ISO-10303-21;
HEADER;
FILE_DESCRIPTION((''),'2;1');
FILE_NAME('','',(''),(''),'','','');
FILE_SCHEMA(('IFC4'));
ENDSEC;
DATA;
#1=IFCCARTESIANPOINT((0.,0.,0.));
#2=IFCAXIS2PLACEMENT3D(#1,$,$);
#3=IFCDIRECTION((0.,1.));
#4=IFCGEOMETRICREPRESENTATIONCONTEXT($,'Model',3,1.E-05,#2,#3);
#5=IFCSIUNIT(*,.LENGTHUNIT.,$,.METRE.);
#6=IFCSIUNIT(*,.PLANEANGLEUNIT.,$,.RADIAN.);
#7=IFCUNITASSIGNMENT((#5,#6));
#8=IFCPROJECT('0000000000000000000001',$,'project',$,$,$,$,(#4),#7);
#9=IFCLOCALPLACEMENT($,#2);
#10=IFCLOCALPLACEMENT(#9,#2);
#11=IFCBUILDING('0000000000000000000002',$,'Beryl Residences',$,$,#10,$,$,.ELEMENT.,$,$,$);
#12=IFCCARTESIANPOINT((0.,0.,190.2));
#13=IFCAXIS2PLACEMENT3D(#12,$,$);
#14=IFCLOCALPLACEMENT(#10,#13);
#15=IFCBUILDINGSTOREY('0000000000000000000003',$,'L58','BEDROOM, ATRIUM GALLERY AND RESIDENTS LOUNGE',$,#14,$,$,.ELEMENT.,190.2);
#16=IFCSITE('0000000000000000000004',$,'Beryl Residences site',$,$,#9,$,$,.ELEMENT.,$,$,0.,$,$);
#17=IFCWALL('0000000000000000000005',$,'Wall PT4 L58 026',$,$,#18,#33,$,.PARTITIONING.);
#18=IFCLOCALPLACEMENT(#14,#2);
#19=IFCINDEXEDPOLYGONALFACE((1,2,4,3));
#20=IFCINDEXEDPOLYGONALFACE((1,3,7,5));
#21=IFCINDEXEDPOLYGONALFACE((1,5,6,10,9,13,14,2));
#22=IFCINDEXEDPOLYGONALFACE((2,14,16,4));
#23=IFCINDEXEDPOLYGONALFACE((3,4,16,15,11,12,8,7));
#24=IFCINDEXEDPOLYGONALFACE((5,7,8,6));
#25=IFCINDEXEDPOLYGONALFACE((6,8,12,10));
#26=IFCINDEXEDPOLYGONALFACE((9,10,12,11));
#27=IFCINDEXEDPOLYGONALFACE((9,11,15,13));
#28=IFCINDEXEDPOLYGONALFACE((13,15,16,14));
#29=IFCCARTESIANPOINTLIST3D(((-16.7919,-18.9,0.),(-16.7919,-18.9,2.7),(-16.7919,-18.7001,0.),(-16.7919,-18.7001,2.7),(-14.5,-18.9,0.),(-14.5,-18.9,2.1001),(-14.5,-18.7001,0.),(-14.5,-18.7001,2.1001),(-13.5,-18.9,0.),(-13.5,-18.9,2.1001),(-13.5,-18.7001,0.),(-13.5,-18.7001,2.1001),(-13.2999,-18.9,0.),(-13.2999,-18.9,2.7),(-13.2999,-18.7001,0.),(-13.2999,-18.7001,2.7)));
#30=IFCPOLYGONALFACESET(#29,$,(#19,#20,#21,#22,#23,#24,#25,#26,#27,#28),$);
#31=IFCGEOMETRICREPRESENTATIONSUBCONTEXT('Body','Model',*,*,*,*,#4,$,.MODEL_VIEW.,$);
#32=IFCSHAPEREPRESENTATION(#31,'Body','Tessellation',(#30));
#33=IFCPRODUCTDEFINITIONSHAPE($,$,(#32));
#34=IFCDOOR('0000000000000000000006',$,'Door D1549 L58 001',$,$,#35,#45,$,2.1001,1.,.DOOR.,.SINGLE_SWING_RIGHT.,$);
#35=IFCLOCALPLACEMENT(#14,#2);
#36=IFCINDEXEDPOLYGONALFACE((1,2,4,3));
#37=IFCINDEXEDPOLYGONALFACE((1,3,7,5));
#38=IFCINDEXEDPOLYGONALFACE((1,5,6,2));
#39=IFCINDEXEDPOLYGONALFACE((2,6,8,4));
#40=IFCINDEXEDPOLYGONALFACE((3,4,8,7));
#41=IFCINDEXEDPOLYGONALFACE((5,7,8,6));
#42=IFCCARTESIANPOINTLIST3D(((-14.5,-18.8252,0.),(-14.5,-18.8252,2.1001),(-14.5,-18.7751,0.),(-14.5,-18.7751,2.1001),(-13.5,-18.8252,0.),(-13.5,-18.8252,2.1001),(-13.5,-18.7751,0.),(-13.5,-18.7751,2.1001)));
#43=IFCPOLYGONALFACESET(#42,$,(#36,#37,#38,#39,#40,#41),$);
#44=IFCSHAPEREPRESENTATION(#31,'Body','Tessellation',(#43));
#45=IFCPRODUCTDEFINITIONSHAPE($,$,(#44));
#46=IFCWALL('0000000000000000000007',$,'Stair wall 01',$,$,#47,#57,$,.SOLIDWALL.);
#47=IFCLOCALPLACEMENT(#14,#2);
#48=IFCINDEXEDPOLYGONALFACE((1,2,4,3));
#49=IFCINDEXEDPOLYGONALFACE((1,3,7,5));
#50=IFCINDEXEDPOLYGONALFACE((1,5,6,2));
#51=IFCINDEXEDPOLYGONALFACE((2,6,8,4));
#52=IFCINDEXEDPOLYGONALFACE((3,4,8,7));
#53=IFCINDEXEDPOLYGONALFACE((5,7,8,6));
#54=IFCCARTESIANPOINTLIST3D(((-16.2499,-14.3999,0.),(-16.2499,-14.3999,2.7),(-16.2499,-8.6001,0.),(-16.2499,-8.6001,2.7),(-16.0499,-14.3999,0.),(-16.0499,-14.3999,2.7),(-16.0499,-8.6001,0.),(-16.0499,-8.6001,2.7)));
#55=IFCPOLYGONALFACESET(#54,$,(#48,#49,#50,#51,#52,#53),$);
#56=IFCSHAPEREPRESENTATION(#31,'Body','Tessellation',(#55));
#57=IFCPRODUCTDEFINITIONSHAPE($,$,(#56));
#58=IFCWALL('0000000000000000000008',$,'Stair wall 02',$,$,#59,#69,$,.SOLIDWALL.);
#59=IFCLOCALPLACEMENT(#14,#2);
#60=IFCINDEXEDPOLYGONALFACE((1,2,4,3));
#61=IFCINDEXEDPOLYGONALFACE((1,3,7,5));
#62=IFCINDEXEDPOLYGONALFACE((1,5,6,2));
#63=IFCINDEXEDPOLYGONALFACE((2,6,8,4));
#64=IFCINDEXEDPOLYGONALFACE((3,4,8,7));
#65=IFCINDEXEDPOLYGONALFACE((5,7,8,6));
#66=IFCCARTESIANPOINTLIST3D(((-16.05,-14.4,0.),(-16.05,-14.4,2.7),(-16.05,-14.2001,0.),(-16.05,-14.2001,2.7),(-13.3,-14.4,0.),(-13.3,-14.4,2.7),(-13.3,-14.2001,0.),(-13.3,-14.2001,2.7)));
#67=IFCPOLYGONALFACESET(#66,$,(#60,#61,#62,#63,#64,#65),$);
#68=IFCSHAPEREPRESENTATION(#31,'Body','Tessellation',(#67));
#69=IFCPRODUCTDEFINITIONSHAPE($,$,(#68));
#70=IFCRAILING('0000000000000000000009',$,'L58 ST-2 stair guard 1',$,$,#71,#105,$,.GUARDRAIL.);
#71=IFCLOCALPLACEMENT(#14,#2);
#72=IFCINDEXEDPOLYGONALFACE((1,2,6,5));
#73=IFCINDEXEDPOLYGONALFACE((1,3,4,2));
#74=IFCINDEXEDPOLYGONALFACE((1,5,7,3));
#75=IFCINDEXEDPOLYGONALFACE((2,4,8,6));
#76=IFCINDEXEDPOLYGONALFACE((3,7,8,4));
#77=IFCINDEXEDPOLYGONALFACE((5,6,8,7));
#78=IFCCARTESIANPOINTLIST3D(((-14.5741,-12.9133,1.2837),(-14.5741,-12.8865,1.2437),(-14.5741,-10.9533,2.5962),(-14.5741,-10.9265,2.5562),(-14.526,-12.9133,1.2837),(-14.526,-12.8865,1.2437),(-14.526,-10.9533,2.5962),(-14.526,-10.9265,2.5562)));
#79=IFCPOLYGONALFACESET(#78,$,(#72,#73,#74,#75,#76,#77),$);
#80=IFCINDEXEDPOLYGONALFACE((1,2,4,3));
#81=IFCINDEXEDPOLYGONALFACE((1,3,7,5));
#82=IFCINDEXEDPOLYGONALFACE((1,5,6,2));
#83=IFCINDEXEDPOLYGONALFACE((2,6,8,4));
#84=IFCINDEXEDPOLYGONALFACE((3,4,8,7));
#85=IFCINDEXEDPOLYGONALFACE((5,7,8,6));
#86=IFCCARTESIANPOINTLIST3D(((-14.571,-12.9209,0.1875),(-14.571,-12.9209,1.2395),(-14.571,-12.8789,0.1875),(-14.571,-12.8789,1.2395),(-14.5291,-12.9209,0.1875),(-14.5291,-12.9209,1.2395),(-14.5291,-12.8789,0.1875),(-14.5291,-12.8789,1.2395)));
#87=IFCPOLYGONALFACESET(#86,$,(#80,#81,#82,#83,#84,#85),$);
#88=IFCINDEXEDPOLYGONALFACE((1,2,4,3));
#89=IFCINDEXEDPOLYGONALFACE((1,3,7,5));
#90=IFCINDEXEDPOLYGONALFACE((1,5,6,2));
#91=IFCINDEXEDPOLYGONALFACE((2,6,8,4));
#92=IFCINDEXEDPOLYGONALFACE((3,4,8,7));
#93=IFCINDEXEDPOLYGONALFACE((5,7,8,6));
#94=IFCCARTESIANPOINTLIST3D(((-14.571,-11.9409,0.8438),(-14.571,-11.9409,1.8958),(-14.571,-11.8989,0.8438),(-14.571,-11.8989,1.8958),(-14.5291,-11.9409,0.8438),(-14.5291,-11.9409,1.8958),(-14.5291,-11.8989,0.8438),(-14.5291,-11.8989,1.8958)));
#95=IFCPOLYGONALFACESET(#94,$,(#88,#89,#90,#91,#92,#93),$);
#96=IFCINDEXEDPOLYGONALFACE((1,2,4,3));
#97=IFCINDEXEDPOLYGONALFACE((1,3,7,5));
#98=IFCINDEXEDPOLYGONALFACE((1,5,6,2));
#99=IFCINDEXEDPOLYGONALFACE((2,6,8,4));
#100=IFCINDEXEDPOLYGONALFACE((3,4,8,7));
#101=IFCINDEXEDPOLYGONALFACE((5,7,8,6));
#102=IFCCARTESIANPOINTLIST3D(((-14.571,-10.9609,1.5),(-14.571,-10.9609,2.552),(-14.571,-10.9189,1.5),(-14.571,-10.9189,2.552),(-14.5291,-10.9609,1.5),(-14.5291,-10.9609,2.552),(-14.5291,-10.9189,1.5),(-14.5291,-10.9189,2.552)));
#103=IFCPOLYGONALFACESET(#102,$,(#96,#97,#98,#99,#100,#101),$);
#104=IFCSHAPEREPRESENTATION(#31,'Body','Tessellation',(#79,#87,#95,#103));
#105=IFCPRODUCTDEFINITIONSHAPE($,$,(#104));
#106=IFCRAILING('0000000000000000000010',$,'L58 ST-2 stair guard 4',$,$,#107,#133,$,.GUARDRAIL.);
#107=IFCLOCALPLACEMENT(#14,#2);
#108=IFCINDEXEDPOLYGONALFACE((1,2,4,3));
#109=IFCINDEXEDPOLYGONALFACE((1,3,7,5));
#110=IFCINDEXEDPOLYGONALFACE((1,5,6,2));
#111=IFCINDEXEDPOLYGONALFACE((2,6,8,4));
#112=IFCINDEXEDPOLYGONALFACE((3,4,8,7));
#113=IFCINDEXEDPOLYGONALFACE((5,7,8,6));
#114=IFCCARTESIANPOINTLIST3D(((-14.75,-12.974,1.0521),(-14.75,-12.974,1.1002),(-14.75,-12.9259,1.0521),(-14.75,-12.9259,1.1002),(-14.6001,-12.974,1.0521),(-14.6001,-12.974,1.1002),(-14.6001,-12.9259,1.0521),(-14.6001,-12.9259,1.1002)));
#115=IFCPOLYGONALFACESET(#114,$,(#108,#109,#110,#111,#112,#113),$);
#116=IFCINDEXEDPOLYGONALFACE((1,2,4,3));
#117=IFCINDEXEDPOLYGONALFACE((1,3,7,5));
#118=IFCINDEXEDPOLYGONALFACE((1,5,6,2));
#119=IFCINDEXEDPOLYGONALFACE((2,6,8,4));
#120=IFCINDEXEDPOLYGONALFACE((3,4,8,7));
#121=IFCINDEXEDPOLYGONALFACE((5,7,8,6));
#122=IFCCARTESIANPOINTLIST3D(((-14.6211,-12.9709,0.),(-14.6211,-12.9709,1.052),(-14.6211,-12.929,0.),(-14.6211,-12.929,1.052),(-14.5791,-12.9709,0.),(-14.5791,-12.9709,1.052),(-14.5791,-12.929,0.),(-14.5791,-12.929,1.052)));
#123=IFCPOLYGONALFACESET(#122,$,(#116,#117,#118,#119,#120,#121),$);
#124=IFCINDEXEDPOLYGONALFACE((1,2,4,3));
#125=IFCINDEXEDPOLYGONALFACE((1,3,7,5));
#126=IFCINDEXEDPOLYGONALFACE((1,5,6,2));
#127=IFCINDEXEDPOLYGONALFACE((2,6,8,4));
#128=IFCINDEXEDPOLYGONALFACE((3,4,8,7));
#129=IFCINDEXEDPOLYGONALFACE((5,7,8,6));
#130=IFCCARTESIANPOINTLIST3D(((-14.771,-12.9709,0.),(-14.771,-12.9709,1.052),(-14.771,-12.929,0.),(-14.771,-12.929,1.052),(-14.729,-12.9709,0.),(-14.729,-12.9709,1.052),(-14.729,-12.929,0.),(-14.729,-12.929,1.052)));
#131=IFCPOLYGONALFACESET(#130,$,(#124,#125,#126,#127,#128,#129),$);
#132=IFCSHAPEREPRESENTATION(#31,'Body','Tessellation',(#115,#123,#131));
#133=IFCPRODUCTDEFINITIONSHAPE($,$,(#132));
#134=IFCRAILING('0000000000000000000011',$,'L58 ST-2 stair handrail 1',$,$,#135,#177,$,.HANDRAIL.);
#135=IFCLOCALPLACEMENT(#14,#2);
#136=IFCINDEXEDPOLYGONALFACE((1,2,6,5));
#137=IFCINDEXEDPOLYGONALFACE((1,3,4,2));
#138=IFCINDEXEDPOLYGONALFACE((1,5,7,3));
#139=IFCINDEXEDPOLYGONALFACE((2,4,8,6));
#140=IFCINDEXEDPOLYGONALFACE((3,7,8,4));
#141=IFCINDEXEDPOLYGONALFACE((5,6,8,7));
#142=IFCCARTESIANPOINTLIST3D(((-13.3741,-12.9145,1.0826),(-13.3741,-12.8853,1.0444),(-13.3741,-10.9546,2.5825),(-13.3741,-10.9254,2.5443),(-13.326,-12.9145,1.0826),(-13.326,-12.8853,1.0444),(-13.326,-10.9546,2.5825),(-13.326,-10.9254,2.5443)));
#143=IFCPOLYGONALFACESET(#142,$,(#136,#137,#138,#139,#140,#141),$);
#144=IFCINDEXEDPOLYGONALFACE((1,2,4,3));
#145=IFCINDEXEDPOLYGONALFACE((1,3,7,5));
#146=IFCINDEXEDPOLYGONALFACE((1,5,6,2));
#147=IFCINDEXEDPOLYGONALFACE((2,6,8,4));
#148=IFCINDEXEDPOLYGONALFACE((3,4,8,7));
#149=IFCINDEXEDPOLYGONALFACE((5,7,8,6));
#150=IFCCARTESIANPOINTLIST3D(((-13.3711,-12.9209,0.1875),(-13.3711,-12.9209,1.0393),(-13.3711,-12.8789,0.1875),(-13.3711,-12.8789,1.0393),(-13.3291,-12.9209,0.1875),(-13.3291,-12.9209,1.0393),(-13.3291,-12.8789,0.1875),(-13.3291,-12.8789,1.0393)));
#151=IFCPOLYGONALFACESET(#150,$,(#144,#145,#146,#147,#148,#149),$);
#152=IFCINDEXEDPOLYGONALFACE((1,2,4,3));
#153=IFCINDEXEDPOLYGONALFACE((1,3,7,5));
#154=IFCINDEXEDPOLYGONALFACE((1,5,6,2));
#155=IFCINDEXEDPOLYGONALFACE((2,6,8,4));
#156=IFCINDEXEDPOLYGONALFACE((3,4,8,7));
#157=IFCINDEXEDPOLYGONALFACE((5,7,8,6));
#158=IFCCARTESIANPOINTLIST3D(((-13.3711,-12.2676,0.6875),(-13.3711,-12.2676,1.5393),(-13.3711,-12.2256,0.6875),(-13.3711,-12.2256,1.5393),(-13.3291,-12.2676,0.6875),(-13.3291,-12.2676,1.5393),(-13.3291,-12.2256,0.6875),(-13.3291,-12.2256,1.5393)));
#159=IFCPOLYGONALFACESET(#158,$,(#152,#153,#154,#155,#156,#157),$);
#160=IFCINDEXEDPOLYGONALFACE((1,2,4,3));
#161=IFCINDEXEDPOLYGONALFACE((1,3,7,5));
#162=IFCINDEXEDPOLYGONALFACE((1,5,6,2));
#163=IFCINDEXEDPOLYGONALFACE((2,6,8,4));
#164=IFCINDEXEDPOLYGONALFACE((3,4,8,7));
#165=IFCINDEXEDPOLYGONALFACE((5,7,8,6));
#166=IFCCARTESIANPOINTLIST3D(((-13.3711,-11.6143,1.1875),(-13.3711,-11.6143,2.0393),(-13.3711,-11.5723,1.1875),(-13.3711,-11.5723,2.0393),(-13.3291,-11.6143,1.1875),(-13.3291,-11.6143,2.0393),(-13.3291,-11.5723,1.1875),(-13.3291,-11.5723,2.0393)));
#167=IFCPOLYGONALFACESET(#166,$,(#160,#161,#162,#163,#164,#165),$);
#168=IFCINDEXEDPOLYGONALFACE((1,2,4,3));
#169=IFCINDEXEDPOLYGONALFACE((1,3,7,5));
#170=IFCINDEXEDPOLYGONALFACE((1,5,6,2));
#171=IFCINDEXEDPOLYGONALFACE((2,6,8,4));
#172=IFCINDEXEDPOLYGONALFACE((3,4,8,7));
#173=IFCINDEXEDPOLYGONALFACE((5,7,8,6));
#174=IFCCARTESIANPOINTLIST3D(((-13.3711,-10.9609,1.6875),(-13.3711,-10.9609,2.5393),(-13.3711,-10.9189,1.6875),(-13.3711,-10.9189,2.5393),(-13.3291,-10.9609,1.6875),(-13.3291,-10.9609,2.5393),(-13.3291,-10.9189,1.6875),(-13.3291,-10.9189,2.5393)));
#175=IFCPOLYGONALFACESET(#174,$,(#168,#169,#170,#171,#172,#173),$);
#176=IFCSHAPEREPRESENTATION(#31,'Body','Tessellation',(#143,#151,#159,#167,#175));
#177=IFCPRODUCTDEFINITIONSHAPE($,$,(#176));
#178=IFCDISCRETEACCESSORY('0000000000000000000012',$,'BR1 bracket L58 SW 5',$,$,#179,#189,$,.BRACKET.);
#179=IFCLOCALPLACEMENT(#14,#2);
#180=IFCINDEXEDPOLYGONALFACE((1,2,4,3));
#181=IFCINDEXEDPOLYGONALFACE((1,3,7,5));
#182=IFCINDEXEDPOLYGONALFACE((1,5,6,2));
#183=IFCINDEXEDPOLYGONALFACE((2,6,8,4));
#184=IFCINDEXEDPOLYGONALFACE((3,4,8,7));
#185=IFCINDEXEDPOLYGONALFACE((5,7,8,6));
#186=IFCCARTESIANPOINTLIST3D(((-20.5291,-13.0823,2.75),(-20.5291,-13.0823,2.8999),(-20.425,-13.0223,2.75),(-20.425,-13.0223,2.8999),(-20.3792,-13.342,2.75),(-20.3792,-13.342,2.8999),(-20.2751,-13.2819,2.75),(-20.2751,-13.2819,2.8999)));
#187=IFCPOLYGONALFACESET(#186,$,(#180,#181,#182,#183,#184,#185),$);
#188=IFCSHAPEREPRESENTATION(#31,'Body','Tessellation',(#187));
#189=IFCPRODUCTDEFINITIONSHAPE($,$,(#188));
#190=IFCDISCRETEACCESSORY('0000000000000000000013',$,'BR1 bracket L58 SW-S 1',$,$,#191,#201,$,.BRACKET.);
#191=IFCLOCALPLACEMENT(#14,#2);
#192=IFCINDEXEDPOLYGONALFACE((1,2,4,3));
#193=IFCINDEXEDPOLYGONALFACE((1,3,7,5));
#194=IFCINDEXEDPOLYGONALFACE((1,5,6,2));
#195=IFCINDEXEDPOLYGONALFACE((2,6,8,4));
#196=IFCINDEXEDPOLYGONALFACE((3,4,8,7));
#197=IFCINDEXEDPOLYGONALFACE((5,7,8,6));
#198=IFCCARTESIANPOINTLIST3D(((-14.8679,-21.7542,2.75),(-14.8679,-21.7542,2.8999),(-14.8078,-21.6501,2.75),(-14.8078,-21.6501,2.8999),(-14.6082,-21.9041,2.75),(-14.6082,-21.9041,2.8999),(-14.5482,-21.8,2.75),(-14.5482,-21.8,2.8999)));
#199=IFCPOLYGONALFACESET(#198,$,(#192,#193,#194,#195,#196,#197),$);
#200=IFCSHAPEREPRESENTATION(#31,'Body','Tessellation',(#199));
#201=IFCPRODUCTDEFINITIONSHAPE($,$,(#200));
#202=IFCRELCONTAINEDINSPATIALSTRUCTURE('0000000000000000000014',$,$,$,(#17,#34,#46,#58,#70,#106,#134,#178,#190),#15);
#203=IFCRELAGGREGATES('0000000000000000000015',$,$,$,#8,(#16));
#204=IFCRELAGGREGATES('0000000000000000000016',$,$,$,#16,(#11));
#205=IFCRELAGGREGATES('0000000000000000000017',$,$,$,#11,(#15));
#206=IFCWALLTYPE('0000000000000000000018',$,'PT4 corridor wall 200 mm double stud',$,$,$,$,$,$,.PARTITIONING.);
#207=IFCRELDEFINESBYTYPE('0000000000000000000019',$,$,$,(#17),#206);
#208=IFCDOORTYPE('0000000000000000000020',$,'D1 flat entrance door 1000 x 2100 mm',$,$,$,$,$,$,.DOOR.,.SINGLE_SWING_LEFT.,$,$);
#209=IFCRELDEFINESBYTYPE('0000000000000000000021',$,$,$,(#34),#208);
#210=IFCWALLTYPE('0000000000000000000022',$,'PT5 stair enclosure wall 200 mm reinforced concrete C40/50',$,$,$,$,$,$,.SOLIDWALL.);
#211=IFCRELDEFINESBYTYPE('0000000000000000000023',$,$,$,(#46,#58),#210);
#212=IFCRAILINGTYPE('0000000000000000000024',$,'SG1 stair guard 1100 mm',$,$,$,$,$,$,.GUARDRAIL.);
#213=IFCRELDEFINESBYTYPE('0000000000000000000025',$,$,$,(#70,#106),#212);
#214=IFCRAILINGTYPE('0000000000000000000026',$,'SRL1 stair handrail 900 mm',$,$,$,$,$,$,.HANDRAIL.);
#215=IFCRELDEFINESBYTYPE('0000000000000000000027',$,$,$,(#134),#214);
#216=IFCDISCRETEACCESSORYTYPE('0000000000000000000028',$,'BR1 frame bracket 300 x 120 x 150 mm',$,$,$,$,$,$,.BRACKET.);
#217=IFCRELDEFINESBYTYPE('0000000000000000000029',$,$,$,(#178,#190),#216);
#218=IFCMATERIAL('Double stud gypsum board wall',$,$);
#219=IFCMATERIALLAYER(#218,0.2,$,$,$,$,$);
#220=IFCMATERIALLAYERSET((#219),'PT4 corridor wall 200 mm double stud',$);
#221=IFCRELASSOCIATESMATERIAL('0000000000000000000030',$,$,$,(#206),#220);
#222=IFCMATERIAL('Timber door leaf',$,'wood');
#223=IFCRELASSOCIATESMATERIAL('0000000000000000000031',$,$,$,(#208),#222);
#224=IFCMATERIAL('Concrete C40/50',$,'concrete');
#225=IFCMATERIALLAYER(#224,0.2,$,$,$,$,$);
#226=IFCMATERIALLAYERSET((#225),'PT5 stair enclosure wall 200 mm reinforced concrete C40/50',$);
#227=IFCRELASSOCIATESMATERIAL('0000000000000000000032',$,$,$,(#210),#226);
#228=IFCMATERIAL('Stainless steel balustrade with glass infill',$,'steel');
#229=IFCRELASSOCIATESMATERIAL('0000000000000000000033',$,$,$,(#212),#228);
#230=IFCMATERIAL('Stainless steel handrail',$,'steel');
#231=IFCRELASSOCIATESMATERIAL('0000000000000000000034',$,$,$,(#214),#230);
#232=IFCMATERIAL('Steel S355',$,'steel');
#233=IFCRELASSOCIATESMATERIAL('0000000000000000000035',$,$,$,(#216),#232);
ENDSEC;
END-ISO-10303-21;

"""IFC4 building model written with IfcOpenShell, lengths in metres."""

from ifc_helpers import new_model, si_unit, direction, frame, frame_2d, origin, origin_2d, place, context, subcontext, project, spatial, polyline, rectangle, outline, extrude, source, transform, mapped, material, layer, layer_set, type_object, type_shapes, element, fill, save


model = new_model("IFC4")

# Units and contexts
model_context = context("Model", 3, precision=1e-05, world=origin(), true_north=direction((0.0, 1.0)))
body_context = subcontext(model_context, "Body", "Model", "MODEL_VIEW")
ifc_project = project(units=[si_unit("LENGTHUNIT", "METRE"), si_unit("PLANEANGLEUNIT", "RADIAN")], contexts=[model_context])

# Site, building, storey
site_placement = place(None, origin())
site = spatial("IfcSite", under=ifc_project, at=site_placement, Name="Beryl Residences site", CompositionType="ELEMENT", RefElevation=0.0)
building_placement = place(site_placement, origin())
building = spatial("IfcBuilding", under=site, at=building_placement, Name="Beryl Residences", CompositionType="ELEMENT")
storey_placement = place(building_placement, frame((0.0, 0.0, 190.2)))
storey = spatial("IfcBuildingStorey", under=building, at=storey_placement, Name="L58", Description="BEDROOM, ATRIUM GALLERY AND RESIDENTS LOUNGE", CompositionType="ELEMENT", Elevation=190.2)

# Wall, opening, door
ifc_material_1 = material(Name="Double stud gypsum board wall")
ifc_layer_1 = layer(ifc_material_1, 0.2)
ifc_layer_set_1 = layer_set([ifc_layer_1], Name="PT4 corridor wall 200 mm double stud")
wall_type_1 = type_object("IfcWallType", Name="PT4 corridor wall 200 mm double stud", PredefinedType="PARTITIONING", material=ifc_layer_set_1)
wall_1_placement = place(storey_placement, frame((-16.792, -18.8, 0.0), z_axis=(0.0, 0.0, 1.0), x_axis=(1.0, 0.0, 0.0)))
wall_1 = element("IfcWall", 1, at=wall_1_placement, inside=storey, type_object=wall_type_1, Name="Wall PT4 L58 026", PredefinedType="PARTITIONING", context=body_context, shape_type="SweptSolid", body=[
    extrude(rectangle(XDim=3.4919, YDim=0.2, at=frame_2d((1.7461, 0.0))), origin(), (0.0, 0.0, 1.0), 2.7),
])
opening_1_placement = place(wall_1_placement, frame((2.292, 0.0, 0.0)))
opening_1 = element("IfcOpeningElement", 2, at=opening_1_placement, cuts=wall_1, PredefinedType="OPENING", context=body_context, shape_type="SweptSolid", body=[
    extrude(rectangle(XDim=1.0, YDim=2.1001, at=frame_2d((0.5, 1.05))), frame((0.0, 0.1099, 0.0), z_axis=(0.0, -1.0, 0.0), x_axis=(1.0, 0.0, 0.0)), (0.0, 0.0, 1.0), 0.22),
])
ifc_material_2 = material(Name="Timber door leaf", Category="wood")
door_type_1 = type_object("IfcDoorType", Name="D1 flat entrance door 1000 x 2100 mm", OperationType="SINGLE_SWING_LEFT", PredefinedType="DOOR", material=ifc_material_2)
door_1_placement = place(opening_1_placement, origin())
door_1 = element("IfcDoor", 3, at=door_1_placement, inside=storey, type_object=door_type_1, Name="Door D1549 L58 001", OperationType="SINGLE_SWING_RIGHT", OverallHeight=2.1001, OverallWidth=1.0, PredefinedType="DOOR", context=body_context, shape_type="SweptSolid", body=[
    extrude(rectangle(XDim=1.0, YDim=2.1001, at=frame_2d((0.5, 1.05))), frame((0.0, 0.0249, 0.0), z_axis=(0.0, -1.0, 0.0), x_axis=(1.0, 0.0, 0.0)), (0.0, 0.0, 1.0), 0.05),
])
fill(opening_1, door_1)

# Walls
ifc_material_3 = material(Name="Concrete C40/50", Category="concrete")
ifc_layer_2 = layer(ifc_material_3, 0.2)
ifc_layer_set_2 = layer_set([ifc_layer_2], Name="PT5 stair enclosure wall 200 mm reinforced concrete C40/50")
wall_type_2 = type_object("IfcWallType", Name="PT5 stair enclosure wall 200 mm reinforced concrete C40/50", PredefinedType="SOLIDWALL", material=ifc_layer_set_2)
wall_2_placement = place(storey_placement, frame((-16.1499, -14.3999, 0.0), z_axis=(0.0, 0.0, 1.0), x_axis=(0.0, 1.0, 0.0)))
element("IfcWall", 4, at=wall_2_placement, inside=storey, type_object=wall_type_2, Name="Stair wall 01", PredefinedType="SOLIDWALL", context=body_context, shape_type="SweptSolid", body=[
    extrude(rectangle(XDim=5.7998, YDim=0.2, at=frame_2d((2.8999, 0.0))), origin(), (0.0, 0.0, 1.0), 2.7),
])
wall_3_placement = place(storey_placement, frame((-16.05, -14.3, 0.0), z_axis=(0.0, 0.0, 1.0), x_axis=(1.0, 0.0, 0.0)))
element("IfcWall", 5, at=wall_3_placement, inside=storey, type_object=wall_type_2, Name="Stair wall 02", PredefinedType="SOLIDWALL", context=body_context, shape_type="SweptSolid", body=[
    extrude(rectangle(XDim=2.75, YDim=0.2, at=frame_2d((1.375, 0.0))), origin(), (0.0, 0.0, 1.0), 2.7),
])

# Railings
ifc_material_4 = material(Name="Stainless steel balustrade with glass infill", Category="steel")
railing_type_1 = type_object("IfcRailingType", Name="SG1 stair guard 1100 mm", PredefinedType="GUARDRAIL", material=ifc_material_4)
railing_1_placement = place(storey_placement, frame((-14.55, -12.8999, 0.1875)))
element("IfcRailing", 6, at=railing_1_placement, inside=storey, type_object=railing_type_1, Name="L58 ST-2 stair guard 1", PredefinedType="GUARDRAIL", context=body_context, shape_type="SweptSolid", body=[
    extrude(rectangle(XDim=0.0481, YDim=0.0481, at=origin_2d()), frame((0.0, 0.0, 1.0762), z_axis=(0.0, 0.830902, 0.556419), x_axis=(-1.0, 0.0, 0.0)), (0.0, 0.0, 1.0), 2.3589),
    extrude(rectangle(XDim=0.042, YDim=0.042, at=origin_2d()), origin(), (0.0, 0.0, 1.0), 1.052),
    extrude(rectangle(XDim=0.042, YDim=0.042, at=origin_2d()), frame((0.0, 0.98, 0.6562)), (0.0, 0.0, 1.0), 1.052),
    extrude(rectangle(XDim=0.042, YDim=0.042, at=origin_2d()), frame((0.0, 1.96, 1.3125)), (0.0, 0.0, 1.0), 1.052),
])
railing_2_placement = place(storey_placement, frame((-14.6001, -12.95, 0.0)))
element("IfcRailing", 7, at=railing_2_placement, inside=storey, type_object=railing_type_1, Name="L58 ST-2 stair guard 4", PredefinedType="GUARDRAIL", context=body_context, shape_type="SweptSolid", body=[
    extrude(rectangle(XDim=0.0481, YDim=0.0481, at=origin_2d()), frame((0.0, 0.0, 1.0762), z_axis=(-1.0, 0.0, 0.0), x_axis=(0.0, -1.0, 0.0)), (0.0, 0.0, 1.0), 0.1499),
    extrude(rectangle(XDim=0.042, YDim=0.042, at=origin_2d()), origin(), (0.0, 0.0, 1.0), 1.052),
    extrude(rectangle(XDim=0.042, YDim=0.042, at=origin_2d()), frame((-0.1499, 0.0, 0.0)), (0.0, 0.0, 1.0), 1.052),
])
ifc_material_5 = material(Name="Stainless steel handrail", Category="steel")
railing_type_2 = type_object("IfcRailingType", Name="SRL1 stair handrail 900 mm", PredefinedType="HANDRAIL", material=ifc_material_5)
railing_3_placement = place(storey_placement, frame((-13.3501, -12.8999, 0.1875)))
element("IfcRailing", 8, at=railing_3_placement, inside=storey, type_object=railing_type_2, Name="L58 ST-2 stair handrail 1", PredefinedType="HANDRAIL", context=body_context, shape_type="SweptSolid", body=[
    extrude(rectangle(XDim=0.0481, YDim=0.0481, at=origin_2d()), frame((0.0, 0.0, 0.876), z_axis=(0.0, 0.794122, 0.607758), x_axis=(-1.0, 0.0, 0.0)), (0.0, 0.0, 1.0), 2.468),
    extrude(rectangle(XDim=0.042, YDim=0.042, at=origin_2d()), origin(), (0.0, 0.0, 1.0), 0.8518),
    extrude(rectangle(XDim=0.042, YDim=0.042, at=origin_2d()), frame((0.0, 0.6533, 0.5)), (0.0, 0.0, 1.0), 0.8518),
    extrude(rectangle(XDim=0.042, YDim=0.042, at=origin_2d()), frame((0.0, 1.3066, 1.0)), (0.0, 0.0, 1.0), 0.8518),
    extrude(rectangle(XDim=0.042, YDim=0.042, at=origin_2d()), frame((0.0, 1.96, 1.5)), (0.0, 0.0, 1.0), 0.8518),
])

# Discrete accessories
ifc_material_6 = material(Name="Steel S355", Category="steel")
discrete_accessory_type = type_object("IfcDiscreteAccessoryType", Name="BR1 frame bracket 300 x 120 x 150 mm", PredefinedType="BRACKET", material=ifc_material_6)
shared_shape_1 = source(origin(), body_context, "Body", "SweptSolid", [
    extrude(outline(polyline([(-0.1499, 0.0), (0.1499, 0.0), (0.1499, 0.1201), (-0.1499, 0.1201), (-0.1499, 0.0)])), origin(), (0.0, 0.0, 1.0), 0.1499),
])
type_shapes(discrete_accessory_type, [shared_shape_1])
for number, where, z_axis, x_axis, name in (
    (9, (-20.3501, -13.1521, 2.75), (0.0, 0.0, 1.0), (-0.5, 0.866025, 0.0), "BR1 bracket L58 SW 5"),
    (10, (-14.678, -21.7251, 2.75), (0.0, 0.0, 1.0), (-0.866025, 0.5, 0.0), "BR1 bracket L58 SW-S 1"),
):
    element("IfcDiscreteAccessory", number, at=place(storey_placement, frame(where, z_axis=z_axis, x_axis=x_axis)), inside=storey, type_object=discrete_accessory_type, Name=name, PredefinedType="BRACKET", context=body_context, shape_type="MappedRepresentation", body=[
        mapped(shared_shape_1, transform((0.0, 0.0, 0.0))),
    ])

save(model, "model.ifc")
